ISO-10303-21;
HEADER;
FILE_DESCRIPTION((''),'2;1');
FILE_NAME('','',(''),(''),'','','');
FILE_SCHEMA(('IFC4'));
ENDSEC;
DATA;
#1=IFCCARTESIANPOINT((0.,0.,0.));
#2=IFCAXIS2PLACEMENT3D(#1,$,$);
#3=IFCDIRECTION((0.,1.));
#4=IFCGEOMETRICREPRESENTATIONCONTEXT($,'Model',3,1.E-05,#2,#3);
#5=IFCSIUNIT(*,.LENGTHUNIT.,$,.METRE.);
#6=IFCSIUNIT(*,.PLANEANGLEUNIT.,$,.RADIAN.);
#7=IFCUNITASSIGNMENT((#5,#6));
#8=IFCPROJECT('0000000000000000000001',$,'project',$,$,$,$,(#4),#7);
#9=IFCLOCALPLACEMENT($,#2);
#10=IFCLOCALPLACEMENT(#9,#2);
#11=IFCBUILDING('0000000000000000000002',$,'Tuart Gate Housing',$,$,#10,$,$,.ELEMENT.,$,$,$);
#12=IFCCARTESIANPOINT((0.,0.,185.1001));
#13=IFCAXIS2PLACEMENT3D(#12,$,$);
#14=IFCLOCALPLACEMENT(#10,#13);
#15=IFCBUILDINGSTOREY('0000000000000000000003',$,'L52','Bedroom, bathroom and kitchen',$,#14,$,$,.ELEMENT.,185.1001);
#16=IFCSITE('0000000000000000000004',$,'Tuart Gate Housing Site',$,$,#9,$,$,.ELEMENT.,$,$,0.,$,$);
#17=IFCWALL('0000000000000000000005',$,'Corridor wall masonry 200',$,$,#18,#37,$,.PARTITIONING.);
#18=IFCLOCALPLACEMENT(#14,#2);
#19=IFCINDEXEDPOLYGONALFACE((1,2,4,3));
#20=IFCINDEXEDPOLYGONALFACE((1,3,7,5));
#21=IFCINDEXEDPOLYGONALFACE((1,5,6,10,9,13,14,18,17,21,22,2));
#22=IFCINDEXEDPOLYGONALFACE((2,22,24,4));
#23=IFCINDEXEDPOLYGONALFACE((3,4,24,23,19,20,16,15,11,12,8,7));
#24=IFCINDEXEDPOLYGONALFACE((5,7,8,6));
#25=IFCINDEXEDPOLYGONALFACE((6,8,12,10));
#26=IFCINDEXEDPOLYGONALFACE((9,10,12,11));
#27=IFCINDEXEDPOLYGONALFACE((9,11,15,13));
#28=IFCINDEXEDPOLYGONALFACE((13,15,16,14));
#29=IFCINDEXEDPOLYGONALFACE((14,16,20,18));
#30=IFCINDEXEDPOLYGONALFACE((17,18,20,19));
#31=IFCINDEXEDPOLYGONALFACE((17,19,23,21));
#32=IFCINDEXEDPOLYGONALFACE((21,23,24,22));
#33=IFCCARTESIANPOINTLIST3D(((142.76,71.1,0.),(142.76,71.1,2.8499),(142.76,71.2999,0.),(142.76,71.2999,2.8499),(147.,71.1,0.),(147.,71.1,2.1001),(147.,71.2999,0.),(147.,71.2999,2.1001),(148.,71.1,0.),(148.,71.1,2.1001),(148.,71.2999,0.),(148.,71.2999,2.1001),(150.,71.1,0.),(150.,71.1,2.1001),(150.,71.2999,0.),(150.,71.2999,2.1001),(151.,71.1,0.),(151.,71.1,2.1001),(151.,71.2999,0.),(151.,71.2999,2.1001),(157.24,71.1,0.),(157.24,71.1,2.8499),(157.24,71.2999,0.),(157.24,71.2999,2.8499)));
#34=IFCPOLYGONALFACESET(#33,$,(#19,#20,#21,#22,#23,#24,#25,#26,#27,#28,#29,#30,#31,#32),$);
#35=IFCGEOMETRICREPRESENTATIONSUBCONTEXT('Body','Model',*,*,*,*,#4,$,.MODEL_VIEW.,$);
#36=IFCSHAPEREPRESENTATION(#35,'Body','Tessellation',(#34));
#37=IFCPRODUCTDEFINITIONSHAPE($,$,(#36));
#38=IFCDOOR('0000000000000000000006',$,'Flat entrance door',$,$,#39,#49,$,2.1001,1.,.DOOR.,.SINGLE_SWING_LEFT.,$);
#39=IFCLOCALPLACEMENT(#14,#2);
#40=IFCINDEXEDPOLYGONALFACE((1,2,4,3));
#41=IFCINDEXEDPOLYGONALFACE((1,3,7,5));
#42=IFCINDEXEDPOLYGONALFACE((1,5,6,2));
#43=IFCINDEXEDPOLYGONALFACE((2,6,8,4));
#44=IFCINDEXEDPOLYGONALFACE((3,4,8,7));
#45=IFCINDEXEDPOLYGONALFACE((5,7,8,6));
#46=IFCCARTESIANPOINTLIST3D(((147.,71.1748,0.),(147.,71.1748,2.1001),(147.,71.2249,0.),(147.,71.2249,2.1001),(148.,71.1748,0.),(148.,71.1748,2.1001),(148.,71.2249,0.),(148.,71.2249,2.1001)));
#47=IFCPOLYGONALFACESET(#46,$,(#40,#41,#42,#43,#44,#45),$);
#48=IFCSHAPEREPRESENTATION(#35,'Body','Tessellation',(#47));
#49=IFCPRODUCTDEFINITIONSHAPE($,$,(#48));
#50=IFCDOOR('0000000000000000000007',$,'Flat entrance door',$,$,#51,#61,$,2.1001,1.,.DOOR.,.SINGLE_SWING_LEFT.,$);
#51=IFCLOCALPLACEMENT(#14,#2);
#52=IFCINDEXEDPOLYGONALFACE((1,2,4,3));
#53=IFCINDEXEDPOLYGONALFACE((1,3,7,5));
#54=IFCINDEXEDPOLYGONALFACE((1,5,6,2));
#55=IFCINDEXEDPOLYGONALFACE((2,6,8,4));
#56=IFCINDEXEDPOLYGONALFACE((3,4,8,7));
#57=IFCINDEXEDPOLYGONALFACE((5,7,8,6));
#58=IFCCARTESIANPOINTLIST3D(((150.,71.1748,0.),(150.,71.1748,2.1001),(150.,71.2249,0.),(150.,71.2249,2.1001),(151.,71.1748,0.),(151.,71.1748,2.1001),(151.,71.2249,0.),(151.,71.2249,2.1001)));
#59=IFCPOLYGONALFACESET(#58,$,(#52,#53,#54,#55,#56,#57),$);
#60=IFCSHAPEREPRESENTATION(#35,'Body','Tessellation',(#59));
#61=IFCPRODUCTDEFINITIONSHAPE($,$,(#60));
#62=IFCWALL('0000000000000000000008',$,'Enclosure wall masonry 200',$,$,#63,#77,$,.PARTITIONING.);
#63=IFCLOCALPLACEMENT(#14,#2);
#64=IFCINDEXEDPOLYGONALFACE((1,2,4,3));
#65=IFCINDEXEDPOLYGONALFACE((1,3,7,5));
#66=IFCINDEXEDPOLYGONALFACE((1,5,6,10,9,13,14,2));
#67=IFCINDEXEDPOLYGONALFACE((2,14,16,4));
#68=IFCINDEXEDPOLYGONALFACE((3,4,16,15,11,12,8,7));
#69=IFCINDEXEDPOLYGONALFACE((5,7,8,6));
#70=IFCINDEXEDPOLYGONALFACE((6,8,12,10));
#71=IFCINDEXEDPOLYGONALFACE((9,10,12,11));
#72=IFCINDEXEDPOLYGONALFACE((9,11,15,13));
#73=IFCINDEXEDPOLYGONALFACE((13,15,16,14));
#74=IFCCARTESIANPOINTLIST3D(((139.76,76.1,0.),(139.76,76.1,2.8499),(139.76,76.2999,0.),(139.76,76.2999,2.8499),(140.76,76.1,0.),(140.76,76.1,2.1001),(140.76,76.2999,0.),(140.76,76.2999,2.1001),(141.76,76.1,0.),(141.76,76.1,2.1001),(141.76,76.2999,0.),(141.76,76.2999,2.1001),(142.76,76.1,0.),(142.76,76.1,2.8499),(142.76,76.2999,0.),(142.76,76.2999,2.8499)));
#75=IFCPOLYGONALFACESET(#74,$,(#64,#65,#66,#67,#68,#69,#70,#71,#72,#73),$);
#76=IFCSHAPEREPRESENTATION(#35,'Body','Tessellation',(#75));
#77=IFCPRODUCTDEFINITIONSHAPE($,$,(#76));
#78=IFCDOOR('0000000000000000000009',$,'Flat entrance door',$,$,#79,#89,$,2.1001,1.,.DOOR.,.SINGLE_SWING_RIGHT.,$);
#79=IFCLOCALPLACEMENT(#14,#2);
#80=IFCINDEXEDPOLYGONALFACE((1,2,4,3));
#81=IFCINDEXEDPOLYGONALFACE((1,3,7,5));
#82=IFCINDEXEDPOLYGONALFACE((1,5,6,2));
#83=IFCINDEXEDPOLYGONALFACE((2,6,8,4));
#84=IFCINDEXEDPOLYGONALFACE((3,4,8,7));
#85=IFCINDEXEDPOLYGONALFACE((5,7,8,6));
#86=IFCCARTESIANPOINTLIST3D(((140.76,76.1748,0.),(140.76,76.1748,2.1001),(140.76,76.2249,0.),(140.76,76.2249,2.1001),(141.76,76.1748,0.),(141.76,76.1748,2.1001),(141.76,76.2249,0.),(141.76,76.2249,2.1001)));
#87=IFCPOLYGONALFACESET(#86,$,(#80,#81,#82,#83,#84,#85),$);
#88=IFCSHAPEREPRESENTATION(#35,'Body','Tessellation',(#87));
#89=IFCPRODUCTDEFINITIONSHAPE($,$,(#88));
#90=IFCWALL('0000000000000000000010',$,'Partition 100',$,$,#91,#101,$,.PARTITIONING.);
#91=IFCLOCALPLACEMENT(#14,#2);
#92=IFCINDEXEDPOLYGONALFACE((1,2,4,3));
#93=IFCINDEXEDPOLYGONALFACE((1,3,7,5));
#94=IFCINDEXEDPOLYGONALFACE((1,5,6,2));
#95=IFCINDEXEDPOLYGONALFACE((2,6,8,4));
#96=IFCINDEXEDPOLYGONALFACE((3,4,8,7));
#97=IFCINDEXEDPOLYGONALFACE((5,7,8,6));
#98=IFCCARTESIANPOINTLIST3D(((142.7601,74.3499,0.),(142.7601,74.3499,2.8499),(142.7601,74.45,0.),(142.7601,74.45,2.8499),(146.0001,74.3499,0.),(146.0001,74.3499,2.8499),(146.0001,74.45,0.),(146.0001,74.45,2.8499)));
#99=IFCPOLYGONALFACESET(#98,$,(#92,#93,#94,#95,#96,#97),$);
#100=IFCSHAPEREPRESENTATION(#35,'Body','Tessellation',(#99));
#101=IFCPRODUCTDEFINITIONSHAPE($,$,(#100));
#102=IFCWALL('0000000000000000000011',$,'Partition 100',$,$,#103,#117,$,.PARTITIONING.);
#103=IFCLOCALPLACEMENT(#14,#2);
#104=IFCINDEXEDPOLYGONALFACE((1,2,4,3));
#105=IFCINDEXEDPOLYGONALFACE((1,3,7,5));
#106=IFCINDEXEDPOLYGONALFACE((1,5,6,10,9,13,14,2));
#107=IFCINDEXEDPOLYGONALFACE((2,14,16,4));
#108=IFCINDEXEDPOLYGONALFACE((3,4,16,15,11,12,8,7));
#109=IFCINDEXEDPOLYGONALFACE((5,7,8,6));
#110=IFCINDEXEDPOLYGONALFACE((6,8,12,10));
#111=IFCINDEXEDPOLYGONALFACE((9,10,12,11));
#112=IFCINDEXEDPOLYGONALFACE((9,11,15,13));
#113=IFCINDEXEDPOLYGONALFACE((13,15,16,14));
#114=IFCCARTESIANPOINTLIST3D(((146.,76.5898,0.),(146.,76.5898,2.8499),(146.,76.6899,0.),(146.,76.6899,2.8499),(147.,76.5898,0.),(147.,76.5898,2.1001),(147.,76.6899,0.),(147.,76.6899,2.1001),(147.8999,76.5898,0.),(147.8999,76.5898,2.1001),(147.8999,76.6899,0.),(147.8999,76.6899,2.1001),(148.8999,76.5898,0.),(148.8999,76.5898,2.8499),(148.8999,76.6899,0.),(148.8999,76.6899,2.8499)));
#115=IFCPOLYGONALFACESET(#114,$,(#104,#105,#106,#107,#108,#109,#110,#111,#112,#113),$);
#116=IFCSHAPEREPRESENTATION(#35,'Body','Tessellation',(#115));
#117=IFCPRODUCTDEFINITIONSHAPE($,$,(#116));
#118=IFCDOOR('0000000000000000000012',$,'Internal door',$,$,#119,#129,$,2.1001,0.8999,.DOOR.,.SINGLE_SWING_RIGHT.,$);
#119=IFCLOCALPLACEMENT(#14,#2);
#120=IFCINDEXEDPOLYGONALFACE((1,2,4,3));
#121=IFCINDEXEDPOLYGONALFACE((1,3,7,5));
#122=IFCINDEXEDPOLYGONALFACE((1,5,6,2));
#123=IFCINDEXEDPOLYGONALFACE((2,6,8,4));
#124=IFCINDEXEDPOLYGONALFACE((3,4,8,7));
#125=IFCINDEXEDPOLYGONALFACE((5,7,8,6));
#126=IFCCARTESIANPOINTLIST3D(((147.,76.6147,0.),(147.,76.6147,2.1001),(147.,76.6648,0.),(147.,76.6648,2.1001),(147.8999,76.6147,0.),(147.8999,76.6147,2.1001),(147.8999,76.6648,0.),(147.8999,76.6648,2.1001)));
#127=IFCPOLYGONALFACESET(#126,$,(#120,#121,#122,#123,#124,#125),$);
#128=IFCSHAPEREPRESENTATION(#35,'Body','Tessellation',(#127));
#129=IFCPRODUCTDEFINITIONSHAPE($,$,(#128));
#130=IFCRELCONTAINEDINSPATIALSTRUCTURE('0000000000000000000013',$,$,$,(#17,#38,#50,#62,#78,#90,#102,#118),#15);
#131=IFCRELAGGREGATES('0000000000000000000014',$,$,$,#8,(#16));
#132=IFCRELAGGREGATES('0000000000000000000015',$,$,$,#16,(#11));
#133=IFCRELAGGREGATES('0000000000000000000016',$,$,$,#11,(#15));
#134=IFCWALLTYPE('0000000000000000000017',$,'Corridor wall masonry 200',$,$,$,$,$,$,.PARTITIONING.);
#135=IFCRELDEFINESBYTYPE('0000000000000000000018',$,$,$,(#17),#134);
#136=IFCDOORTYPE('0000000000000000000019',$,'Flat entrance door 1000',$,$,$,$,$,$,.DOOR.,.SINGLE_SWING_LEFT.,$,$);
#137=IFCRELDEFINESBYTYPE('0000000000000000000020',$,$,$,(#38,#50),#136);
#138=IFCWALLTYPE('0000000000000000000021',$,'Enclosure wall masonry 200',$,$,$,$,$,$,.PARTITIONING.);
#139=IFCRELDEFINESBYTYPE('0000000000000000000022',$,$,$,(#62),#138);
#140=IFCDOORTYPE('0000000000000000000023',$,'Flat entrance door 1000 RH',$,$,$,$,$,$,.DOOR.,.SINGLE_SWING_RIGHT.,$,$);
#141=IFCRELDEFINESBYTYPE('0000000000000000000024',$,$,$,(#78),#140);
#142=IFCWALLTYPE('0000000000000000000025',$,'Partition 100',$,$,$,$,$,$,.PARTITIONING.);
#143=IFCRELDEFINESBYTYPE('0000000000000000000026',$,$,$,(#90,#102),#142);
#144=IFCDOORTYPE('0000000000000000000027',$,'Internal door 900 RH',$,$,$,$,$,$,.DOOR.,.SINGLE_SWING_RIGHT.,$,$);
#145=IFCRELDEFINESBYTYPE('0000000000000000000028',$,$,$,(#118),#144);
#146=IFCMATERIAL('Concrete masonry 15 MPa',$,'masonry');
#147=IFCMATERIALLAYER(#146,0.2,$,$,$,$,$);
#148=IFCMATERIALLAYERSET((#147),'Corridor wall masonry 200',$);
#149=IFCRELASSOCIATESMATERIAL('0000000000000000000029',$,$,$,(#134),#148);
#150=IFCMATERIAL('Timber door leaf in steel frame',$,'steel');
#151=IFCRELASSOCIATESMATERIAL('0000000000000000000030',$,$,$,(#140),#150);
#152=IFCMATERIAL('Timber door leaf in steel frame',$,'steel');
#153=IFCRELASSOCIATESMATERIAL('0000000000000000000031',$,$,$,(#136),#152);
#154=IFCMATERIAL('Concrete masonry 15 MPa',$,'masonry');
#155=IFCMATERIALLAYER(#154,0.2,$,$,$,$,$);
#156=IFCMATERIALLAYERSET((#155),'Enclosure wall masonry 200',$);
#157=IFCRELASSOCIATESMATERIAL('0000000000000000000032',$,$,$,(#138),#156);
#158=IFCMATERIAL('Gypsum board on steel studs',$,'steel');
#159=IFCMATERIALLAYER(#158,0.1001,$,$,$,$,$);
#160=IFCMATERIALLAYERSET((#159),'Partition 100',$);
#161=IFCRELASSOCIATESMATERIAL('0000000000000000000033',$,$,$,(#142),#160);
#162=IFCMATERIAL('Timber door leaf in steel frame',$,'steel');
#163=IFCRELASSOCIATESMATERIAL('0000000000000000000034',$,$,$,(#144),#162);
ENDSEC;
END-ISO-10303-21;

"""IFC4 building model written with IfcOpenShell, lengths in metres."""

from ifc_helpers import new_model, si_unit, direction, frame, frame_2d, origin, place, context, subcontext, project, spatial, rectangle, extrude, material, layer, layer_set, type_object, element, fill, save


model = new_model("IFC4")

# Units and contexts
model_context = context("Model", 3, precision=1e-05, world=origin(), true_north=direction((0.0, 1.0)))
body_context = subcontext(model_context, "Body", "Model", "MODEL_VIEW")
ifc_project = project(units=[si_unit("LENGTHUNIT", "METRE"), si_unit("PLANEANGLEUNIT", "RADIAN")], contexts=[model_context])

# Site, building, storey
site_placement = place(None, origin())
site = spatial("IfcSite", under=ifc_project, at=site_placement, Name="Tuart Gate Housing Site", CompositionType="ELEMENT", RefElevation=0.0)
building_placement = place(site_placement, origin())
building = spatial("IfcBuilding", under=site, at=building_placement, Name="Tuart Gate Housing", CompositionType="ELEMENT")
storey_placement = place(building_placement, frame((0.0, 0.0, 185.1001)))
storey = spatial("IfcBuildingStorey", under=building, at=storey_placement, Name="L52", Description="Bedroom, bathroom and kitchen", CompositionType="ELEMENT", Elevation=185.1001)

# Wall, openings, doors
ifc_material_1 = material(Name="Concrete masonry 15 MPa", Category="masonry")
ifc_layer_1 = layer(ifc_material_1, 0.2)
ifc_layer_set_1 = layer_set([ifc_layer_1], Name="Corridor wall masonry 200")
wall_type_1 = type_object("IfcWallType", Name="Corridor wall masonry 200", PredefinedType="PARTITIONING", material=ifc_layer_set_1)
ifc_material_2 = material(Name="Timber door leaf in steel frame", Category="steel")
door_type_1 = type_object("IfcDoorType", Name="Flat entrance door 1000 RH", OperationType="SINGLE_SWING_RIGHT", PredefinedType="DOOR", material=ifc_material_2)
wall_1_placement = place(storey_placement, frame((142.76, 71.2, 0.0), z_axis=(0.0, 0.0, 1.0), x_axis=(1.0, 0.0, 0.0)))
wall_1 = element("IfcWall", 1, at=wall_1_placement, inside=storey, type_object=wall_type_1, Name="Corridor wall masonry 200", PredefinedType="PARTITIONING", context=body_context, shape_type="SweptSolid", body=[
    extrude(rectangle(XDim=14.48, YDim=0.2, at=frame_2d((7.24, 0.0))), origin(), (0.0, 0.0, 1.0), 2.8499),
])
opening_1_placement = place(wall_1_placement, frame((4.24, 0.0, 0.0)))
opening_1 = element("IfcOpeningElement", 2, at=opening_1_placement, cuts=wall_1, PredefinedType="OPENING", context=body_context, shape_type="SweptSolid", body=[
    extrude(rectangle(XDim=1.0, YDim=2.1001, at=frame_2d((0.5, 1.05))), frame((0.0, 0.1099, 0.0), z_axis=(0.0, -1.0, 0.0), x_axis=(1.0, 0.0, 0.0)), (0.0, 0.0, 1.0), 0.22),
])
opening_2_placement = place(wall_1_placement, frame((7.24, 0.0, 0.0)))
opening_2 = element("IfcOpeningElement", 3, at=opening_2_placement, cuts=wall_1, PredefinedType="OPENING", context=body_context, shape_type="SweptSolid", body=[
    extrude(rectangle(XDim=1.0, YDim=2.1001, at=frame_2d((0.5, 1.05))), frame((0.0, 0.1099, 0.0), z_axis=(0.0, -1.0, 0.0), x_axis=(1.0, 0.0, 0.0)), (0.0, 0.0, 1.0), 0.22),
])
ifc_material_3 = material(Name="Timber door leaf in steel frame", Category="steel")
door_type_2 = type_object("IfcDoorType", Name="Flat entrance door 1000", OperationType="SINGLE_SWING_LEFT", PredefinedType="DOOR", material=ifc_material_3)
door_1_placement = place(opening_1_placement, origin())
door_1 = element("IfcDoor", 4, at=door_1_placement, inside=storey, type_object=door_type_2, Name="Flat entrance door", OperationType="SINGLE_SWING_LEFT", OverallHeight=2.1001, OverallWidth=1.0, PredefinedType="DOOR", context=body_context, shape_type="SweptSolid", body=[
    extrude(rectangle(XDim=1.0, YDim=2.1001, at=frame_2d((0.5, 1.05))), frame((0.0, 0.0249, 0.0), z_axis=(0.0, -1.0, 0.0), x_axis=(1.0, 0.0, 0.0)), (0.0, 0.0, 1.0), 0.05),
])
fill(opening_1, door_1)
door_2_placement = place(opening_2_placement, origin())
door_2 = element("IfcDoor", 5, at=door_2_placement, inside=storey, type_object=door_type_2, Name="Flat entrance door", OperationType="SINGLE_SWING_LEFT", OverallHeight=2.1001, OverallWidth=1.0, PredefinedType="DOOR", context=body_context, shape_type="SweptSolid", body=[
    extrude(rectangle(XDim=1.0, YDim=2.1001, at=frame_2d((0.5, 1.05))), frame((0.0, 0.0249, 0.0), z_axis=(0.0, -1.0, 0.0), x_axis=(1.0, 0.0, 0.0)), (0.0, 0.0, 1.0), 0.05),
])
fill(opening_2, door_2)

# Wall, opening, door
ifc_material_4 = material(Name="Concrete masonry 15 MPa", Category="masonry")
ifc_layer_2 = layer(ifc_material_4, 0.2)
ifc_layer_set_2 = layer_set([ifc_layer_2], Name="Enclosure wall masonry 200")
wall_type_2 = type_object("IfcWallType", Name="Enclosure wall masonry 200", PredefinedType="PARTITIONING", material=ifc_layer_set_2)
wall_2_placement = place(storey_placement, frame((139.76, 76.2, 0.0), z_axis=(0.0, 0.0, 1.0), x_axis=(1.0, 0.0, 0.0)))
wall_2 = element("IfcWall", 6, at=wall_2_placement, inside=storey, type_object=wall_type_2, Name="Enclosure wall masonry 200", PredefinedType="PARTITIONING", context=body_context, shape_type="SweptSolid", body=[
    extrude(rectangle(XDim=3.0, YDim=0.2, at=frame_2d((1.5, 0.0))), origin(), (0.0, 0.0, 1.0), 2.8499),
])
opening_3_placement = place(wall_2_placement, frame((1.0, 0.0, 0.0)))
opening_3 = element("IfcOpeningElement", 7, at=opening_3_placement, cuts=wall_2, PredefinedType="OPENING", context=body_context, shape_type="SweptSolid", body=[
    extrude(rectangle(XDim=1.0, YDim=2.1001, at=frame_2d((0.5, 1.05))), frame((0.0, 0.1099, 0.0), z_axis=(0.0, -1.0, 0.0), x_axis=(1.0, 0.0, 0.0)), (0.0, 0.0, 1.0), 0.22),
])
door_3_placement = place(opening_3_placement, origin())
door_3 = element("IfcDoor", 8, at=door_3_placement, inside=storey, type_object=door_type_1, Name="Flat entrance door", OperationType="SINGLE_SWING_RIGHT", OverallHeight=2.1001, OverallWidth=1.0, PredefinedType="DOOR", context=body_context, shape_type="SweptSolid", body=[
    extrude(rectangle(XDim=1.0, YDim=2.1001, at=frame_2d((0.5, 1.05))), frame((0.0, 0.0249, 0.0), z_axis=(0.0, -1.0, 0.0), x_axis=(1.0, 0.0, 0.0)), (0.0, 0.0, 1.0), 0.05),
])
fill(opening_3, door_3)

# Wall
ifc_material_5 = material(Name="Gypsum board on steel studs", Category="steel")
ifc_layer_3 = layer(ifc_material_5, 0.1001)
ifc_layer_set_3 = layer_set([ifc_layer_3], Name="Partition 100")
wall_type_3 = type_object("IfcWallType", Name="Partition 100", PredefinedType="PARTITIONING", material=ifc_layer_set_3)
wall_3_placement = place(storey_placement, frame((142.76, 74.3999, 0.0), z_axis=(0.0, 0.0, 1.0), x_axis=(1.0, 0.0, 0.0)))
element("IfcWall", 9, at=wall_3_placement, inside=storey, type_object=wall_type_3, Name="Partition 100", PredefinedType="PARTITIONING", context=body_context, shape_type="SweptSolid", body=[
    extrude(rectangle(XDim=3.24, YDim=0.1001, at=frame_2d((1.6201, 0.0))), origin(), (0.0, 0.0, 1.0), 2.8499),
])

# Wall, opening, door
wall_4_placement = place(storey_placement, frame((146.0, 76.6399, 0.0), z_axis=(0.0, 0.0, 1.0), x_axis=(1.0, 0.0, 0.0)))
wall_4 = element("IfcWall", 10, at=wall_4_placement, inside=storey, type_object=wall_type_3, Name="Partition 100", PredefinedType="PARTITIONING", context=body_context, shape_type="SweptSolid", body=[
    extrude(rectangle(XDim=2.8999, YDim=0.1001, at=frame_2d((1.45, 0.0))), origin(), (0.0, 0.0, 1.0), 2.8499),
])
opening_4_placement = place(wall_4_placement, frame((1.0, 0.0, 0.0)))
opening_4 = element("IfcOpeningElement", 11, at=opening_4_placement, cuts=wall_4, PredefinedType="OPENING", context=body_context, shape_type="SweptSolid", body=[
    extrude(rectangle(XDim=0.8999, YDim=2.1001, at=frame_2d((0.45, 1.05))), frame((0.0, 0.0601, 0.0), z_axis=(0.0, -1.0, 0.0), x_axis=(1.0, 0.0, 0.0)), (0.0, 0.0, 1.0), 0.1201),
])
ifc_material_6 = material(Name="Timber door leaf in steel frame", Category="steel")
door_type_3 = type_object("IfcDoorType", Name="Internal door 900 RH", OperationType="SINGLE_SWING_RIGHT", PredefinedType="DOOR", material=ifc_material_6)
door_4_placement = place(opening_4_placement, frame((0.8999, 0.0, 0.0), z_axis=(0.0, 0.0, 1.0), x_axis=(-1.0, 0.0, 0.0)))
door_4 = element("IfcDoor", 12, at=door_4_placement, inside=storey, type_object=door_type_3, Name="Internal door", OperationType="SINGLE_SWING_RIGHT", OverallHeight=2.1001, OverallWidth=0.8999, PredefinedType="DOOR", context=body_context, shape_type="SweptSolid", body=[
    extrude(rectangle(XDim=0.8999, YDim=2.1001, at=frame_2d((0.45, 1.05))), frame((0.0, 0.0251, 0.0), z_axis=(0.0, -1.0, 0.0), x_axis=(1.0, 0.0, 0.0)), (0.0, 0.0, 1.0), 0.05),
])
fill(opening_4, door_4)

save(model, "model.ifc")
